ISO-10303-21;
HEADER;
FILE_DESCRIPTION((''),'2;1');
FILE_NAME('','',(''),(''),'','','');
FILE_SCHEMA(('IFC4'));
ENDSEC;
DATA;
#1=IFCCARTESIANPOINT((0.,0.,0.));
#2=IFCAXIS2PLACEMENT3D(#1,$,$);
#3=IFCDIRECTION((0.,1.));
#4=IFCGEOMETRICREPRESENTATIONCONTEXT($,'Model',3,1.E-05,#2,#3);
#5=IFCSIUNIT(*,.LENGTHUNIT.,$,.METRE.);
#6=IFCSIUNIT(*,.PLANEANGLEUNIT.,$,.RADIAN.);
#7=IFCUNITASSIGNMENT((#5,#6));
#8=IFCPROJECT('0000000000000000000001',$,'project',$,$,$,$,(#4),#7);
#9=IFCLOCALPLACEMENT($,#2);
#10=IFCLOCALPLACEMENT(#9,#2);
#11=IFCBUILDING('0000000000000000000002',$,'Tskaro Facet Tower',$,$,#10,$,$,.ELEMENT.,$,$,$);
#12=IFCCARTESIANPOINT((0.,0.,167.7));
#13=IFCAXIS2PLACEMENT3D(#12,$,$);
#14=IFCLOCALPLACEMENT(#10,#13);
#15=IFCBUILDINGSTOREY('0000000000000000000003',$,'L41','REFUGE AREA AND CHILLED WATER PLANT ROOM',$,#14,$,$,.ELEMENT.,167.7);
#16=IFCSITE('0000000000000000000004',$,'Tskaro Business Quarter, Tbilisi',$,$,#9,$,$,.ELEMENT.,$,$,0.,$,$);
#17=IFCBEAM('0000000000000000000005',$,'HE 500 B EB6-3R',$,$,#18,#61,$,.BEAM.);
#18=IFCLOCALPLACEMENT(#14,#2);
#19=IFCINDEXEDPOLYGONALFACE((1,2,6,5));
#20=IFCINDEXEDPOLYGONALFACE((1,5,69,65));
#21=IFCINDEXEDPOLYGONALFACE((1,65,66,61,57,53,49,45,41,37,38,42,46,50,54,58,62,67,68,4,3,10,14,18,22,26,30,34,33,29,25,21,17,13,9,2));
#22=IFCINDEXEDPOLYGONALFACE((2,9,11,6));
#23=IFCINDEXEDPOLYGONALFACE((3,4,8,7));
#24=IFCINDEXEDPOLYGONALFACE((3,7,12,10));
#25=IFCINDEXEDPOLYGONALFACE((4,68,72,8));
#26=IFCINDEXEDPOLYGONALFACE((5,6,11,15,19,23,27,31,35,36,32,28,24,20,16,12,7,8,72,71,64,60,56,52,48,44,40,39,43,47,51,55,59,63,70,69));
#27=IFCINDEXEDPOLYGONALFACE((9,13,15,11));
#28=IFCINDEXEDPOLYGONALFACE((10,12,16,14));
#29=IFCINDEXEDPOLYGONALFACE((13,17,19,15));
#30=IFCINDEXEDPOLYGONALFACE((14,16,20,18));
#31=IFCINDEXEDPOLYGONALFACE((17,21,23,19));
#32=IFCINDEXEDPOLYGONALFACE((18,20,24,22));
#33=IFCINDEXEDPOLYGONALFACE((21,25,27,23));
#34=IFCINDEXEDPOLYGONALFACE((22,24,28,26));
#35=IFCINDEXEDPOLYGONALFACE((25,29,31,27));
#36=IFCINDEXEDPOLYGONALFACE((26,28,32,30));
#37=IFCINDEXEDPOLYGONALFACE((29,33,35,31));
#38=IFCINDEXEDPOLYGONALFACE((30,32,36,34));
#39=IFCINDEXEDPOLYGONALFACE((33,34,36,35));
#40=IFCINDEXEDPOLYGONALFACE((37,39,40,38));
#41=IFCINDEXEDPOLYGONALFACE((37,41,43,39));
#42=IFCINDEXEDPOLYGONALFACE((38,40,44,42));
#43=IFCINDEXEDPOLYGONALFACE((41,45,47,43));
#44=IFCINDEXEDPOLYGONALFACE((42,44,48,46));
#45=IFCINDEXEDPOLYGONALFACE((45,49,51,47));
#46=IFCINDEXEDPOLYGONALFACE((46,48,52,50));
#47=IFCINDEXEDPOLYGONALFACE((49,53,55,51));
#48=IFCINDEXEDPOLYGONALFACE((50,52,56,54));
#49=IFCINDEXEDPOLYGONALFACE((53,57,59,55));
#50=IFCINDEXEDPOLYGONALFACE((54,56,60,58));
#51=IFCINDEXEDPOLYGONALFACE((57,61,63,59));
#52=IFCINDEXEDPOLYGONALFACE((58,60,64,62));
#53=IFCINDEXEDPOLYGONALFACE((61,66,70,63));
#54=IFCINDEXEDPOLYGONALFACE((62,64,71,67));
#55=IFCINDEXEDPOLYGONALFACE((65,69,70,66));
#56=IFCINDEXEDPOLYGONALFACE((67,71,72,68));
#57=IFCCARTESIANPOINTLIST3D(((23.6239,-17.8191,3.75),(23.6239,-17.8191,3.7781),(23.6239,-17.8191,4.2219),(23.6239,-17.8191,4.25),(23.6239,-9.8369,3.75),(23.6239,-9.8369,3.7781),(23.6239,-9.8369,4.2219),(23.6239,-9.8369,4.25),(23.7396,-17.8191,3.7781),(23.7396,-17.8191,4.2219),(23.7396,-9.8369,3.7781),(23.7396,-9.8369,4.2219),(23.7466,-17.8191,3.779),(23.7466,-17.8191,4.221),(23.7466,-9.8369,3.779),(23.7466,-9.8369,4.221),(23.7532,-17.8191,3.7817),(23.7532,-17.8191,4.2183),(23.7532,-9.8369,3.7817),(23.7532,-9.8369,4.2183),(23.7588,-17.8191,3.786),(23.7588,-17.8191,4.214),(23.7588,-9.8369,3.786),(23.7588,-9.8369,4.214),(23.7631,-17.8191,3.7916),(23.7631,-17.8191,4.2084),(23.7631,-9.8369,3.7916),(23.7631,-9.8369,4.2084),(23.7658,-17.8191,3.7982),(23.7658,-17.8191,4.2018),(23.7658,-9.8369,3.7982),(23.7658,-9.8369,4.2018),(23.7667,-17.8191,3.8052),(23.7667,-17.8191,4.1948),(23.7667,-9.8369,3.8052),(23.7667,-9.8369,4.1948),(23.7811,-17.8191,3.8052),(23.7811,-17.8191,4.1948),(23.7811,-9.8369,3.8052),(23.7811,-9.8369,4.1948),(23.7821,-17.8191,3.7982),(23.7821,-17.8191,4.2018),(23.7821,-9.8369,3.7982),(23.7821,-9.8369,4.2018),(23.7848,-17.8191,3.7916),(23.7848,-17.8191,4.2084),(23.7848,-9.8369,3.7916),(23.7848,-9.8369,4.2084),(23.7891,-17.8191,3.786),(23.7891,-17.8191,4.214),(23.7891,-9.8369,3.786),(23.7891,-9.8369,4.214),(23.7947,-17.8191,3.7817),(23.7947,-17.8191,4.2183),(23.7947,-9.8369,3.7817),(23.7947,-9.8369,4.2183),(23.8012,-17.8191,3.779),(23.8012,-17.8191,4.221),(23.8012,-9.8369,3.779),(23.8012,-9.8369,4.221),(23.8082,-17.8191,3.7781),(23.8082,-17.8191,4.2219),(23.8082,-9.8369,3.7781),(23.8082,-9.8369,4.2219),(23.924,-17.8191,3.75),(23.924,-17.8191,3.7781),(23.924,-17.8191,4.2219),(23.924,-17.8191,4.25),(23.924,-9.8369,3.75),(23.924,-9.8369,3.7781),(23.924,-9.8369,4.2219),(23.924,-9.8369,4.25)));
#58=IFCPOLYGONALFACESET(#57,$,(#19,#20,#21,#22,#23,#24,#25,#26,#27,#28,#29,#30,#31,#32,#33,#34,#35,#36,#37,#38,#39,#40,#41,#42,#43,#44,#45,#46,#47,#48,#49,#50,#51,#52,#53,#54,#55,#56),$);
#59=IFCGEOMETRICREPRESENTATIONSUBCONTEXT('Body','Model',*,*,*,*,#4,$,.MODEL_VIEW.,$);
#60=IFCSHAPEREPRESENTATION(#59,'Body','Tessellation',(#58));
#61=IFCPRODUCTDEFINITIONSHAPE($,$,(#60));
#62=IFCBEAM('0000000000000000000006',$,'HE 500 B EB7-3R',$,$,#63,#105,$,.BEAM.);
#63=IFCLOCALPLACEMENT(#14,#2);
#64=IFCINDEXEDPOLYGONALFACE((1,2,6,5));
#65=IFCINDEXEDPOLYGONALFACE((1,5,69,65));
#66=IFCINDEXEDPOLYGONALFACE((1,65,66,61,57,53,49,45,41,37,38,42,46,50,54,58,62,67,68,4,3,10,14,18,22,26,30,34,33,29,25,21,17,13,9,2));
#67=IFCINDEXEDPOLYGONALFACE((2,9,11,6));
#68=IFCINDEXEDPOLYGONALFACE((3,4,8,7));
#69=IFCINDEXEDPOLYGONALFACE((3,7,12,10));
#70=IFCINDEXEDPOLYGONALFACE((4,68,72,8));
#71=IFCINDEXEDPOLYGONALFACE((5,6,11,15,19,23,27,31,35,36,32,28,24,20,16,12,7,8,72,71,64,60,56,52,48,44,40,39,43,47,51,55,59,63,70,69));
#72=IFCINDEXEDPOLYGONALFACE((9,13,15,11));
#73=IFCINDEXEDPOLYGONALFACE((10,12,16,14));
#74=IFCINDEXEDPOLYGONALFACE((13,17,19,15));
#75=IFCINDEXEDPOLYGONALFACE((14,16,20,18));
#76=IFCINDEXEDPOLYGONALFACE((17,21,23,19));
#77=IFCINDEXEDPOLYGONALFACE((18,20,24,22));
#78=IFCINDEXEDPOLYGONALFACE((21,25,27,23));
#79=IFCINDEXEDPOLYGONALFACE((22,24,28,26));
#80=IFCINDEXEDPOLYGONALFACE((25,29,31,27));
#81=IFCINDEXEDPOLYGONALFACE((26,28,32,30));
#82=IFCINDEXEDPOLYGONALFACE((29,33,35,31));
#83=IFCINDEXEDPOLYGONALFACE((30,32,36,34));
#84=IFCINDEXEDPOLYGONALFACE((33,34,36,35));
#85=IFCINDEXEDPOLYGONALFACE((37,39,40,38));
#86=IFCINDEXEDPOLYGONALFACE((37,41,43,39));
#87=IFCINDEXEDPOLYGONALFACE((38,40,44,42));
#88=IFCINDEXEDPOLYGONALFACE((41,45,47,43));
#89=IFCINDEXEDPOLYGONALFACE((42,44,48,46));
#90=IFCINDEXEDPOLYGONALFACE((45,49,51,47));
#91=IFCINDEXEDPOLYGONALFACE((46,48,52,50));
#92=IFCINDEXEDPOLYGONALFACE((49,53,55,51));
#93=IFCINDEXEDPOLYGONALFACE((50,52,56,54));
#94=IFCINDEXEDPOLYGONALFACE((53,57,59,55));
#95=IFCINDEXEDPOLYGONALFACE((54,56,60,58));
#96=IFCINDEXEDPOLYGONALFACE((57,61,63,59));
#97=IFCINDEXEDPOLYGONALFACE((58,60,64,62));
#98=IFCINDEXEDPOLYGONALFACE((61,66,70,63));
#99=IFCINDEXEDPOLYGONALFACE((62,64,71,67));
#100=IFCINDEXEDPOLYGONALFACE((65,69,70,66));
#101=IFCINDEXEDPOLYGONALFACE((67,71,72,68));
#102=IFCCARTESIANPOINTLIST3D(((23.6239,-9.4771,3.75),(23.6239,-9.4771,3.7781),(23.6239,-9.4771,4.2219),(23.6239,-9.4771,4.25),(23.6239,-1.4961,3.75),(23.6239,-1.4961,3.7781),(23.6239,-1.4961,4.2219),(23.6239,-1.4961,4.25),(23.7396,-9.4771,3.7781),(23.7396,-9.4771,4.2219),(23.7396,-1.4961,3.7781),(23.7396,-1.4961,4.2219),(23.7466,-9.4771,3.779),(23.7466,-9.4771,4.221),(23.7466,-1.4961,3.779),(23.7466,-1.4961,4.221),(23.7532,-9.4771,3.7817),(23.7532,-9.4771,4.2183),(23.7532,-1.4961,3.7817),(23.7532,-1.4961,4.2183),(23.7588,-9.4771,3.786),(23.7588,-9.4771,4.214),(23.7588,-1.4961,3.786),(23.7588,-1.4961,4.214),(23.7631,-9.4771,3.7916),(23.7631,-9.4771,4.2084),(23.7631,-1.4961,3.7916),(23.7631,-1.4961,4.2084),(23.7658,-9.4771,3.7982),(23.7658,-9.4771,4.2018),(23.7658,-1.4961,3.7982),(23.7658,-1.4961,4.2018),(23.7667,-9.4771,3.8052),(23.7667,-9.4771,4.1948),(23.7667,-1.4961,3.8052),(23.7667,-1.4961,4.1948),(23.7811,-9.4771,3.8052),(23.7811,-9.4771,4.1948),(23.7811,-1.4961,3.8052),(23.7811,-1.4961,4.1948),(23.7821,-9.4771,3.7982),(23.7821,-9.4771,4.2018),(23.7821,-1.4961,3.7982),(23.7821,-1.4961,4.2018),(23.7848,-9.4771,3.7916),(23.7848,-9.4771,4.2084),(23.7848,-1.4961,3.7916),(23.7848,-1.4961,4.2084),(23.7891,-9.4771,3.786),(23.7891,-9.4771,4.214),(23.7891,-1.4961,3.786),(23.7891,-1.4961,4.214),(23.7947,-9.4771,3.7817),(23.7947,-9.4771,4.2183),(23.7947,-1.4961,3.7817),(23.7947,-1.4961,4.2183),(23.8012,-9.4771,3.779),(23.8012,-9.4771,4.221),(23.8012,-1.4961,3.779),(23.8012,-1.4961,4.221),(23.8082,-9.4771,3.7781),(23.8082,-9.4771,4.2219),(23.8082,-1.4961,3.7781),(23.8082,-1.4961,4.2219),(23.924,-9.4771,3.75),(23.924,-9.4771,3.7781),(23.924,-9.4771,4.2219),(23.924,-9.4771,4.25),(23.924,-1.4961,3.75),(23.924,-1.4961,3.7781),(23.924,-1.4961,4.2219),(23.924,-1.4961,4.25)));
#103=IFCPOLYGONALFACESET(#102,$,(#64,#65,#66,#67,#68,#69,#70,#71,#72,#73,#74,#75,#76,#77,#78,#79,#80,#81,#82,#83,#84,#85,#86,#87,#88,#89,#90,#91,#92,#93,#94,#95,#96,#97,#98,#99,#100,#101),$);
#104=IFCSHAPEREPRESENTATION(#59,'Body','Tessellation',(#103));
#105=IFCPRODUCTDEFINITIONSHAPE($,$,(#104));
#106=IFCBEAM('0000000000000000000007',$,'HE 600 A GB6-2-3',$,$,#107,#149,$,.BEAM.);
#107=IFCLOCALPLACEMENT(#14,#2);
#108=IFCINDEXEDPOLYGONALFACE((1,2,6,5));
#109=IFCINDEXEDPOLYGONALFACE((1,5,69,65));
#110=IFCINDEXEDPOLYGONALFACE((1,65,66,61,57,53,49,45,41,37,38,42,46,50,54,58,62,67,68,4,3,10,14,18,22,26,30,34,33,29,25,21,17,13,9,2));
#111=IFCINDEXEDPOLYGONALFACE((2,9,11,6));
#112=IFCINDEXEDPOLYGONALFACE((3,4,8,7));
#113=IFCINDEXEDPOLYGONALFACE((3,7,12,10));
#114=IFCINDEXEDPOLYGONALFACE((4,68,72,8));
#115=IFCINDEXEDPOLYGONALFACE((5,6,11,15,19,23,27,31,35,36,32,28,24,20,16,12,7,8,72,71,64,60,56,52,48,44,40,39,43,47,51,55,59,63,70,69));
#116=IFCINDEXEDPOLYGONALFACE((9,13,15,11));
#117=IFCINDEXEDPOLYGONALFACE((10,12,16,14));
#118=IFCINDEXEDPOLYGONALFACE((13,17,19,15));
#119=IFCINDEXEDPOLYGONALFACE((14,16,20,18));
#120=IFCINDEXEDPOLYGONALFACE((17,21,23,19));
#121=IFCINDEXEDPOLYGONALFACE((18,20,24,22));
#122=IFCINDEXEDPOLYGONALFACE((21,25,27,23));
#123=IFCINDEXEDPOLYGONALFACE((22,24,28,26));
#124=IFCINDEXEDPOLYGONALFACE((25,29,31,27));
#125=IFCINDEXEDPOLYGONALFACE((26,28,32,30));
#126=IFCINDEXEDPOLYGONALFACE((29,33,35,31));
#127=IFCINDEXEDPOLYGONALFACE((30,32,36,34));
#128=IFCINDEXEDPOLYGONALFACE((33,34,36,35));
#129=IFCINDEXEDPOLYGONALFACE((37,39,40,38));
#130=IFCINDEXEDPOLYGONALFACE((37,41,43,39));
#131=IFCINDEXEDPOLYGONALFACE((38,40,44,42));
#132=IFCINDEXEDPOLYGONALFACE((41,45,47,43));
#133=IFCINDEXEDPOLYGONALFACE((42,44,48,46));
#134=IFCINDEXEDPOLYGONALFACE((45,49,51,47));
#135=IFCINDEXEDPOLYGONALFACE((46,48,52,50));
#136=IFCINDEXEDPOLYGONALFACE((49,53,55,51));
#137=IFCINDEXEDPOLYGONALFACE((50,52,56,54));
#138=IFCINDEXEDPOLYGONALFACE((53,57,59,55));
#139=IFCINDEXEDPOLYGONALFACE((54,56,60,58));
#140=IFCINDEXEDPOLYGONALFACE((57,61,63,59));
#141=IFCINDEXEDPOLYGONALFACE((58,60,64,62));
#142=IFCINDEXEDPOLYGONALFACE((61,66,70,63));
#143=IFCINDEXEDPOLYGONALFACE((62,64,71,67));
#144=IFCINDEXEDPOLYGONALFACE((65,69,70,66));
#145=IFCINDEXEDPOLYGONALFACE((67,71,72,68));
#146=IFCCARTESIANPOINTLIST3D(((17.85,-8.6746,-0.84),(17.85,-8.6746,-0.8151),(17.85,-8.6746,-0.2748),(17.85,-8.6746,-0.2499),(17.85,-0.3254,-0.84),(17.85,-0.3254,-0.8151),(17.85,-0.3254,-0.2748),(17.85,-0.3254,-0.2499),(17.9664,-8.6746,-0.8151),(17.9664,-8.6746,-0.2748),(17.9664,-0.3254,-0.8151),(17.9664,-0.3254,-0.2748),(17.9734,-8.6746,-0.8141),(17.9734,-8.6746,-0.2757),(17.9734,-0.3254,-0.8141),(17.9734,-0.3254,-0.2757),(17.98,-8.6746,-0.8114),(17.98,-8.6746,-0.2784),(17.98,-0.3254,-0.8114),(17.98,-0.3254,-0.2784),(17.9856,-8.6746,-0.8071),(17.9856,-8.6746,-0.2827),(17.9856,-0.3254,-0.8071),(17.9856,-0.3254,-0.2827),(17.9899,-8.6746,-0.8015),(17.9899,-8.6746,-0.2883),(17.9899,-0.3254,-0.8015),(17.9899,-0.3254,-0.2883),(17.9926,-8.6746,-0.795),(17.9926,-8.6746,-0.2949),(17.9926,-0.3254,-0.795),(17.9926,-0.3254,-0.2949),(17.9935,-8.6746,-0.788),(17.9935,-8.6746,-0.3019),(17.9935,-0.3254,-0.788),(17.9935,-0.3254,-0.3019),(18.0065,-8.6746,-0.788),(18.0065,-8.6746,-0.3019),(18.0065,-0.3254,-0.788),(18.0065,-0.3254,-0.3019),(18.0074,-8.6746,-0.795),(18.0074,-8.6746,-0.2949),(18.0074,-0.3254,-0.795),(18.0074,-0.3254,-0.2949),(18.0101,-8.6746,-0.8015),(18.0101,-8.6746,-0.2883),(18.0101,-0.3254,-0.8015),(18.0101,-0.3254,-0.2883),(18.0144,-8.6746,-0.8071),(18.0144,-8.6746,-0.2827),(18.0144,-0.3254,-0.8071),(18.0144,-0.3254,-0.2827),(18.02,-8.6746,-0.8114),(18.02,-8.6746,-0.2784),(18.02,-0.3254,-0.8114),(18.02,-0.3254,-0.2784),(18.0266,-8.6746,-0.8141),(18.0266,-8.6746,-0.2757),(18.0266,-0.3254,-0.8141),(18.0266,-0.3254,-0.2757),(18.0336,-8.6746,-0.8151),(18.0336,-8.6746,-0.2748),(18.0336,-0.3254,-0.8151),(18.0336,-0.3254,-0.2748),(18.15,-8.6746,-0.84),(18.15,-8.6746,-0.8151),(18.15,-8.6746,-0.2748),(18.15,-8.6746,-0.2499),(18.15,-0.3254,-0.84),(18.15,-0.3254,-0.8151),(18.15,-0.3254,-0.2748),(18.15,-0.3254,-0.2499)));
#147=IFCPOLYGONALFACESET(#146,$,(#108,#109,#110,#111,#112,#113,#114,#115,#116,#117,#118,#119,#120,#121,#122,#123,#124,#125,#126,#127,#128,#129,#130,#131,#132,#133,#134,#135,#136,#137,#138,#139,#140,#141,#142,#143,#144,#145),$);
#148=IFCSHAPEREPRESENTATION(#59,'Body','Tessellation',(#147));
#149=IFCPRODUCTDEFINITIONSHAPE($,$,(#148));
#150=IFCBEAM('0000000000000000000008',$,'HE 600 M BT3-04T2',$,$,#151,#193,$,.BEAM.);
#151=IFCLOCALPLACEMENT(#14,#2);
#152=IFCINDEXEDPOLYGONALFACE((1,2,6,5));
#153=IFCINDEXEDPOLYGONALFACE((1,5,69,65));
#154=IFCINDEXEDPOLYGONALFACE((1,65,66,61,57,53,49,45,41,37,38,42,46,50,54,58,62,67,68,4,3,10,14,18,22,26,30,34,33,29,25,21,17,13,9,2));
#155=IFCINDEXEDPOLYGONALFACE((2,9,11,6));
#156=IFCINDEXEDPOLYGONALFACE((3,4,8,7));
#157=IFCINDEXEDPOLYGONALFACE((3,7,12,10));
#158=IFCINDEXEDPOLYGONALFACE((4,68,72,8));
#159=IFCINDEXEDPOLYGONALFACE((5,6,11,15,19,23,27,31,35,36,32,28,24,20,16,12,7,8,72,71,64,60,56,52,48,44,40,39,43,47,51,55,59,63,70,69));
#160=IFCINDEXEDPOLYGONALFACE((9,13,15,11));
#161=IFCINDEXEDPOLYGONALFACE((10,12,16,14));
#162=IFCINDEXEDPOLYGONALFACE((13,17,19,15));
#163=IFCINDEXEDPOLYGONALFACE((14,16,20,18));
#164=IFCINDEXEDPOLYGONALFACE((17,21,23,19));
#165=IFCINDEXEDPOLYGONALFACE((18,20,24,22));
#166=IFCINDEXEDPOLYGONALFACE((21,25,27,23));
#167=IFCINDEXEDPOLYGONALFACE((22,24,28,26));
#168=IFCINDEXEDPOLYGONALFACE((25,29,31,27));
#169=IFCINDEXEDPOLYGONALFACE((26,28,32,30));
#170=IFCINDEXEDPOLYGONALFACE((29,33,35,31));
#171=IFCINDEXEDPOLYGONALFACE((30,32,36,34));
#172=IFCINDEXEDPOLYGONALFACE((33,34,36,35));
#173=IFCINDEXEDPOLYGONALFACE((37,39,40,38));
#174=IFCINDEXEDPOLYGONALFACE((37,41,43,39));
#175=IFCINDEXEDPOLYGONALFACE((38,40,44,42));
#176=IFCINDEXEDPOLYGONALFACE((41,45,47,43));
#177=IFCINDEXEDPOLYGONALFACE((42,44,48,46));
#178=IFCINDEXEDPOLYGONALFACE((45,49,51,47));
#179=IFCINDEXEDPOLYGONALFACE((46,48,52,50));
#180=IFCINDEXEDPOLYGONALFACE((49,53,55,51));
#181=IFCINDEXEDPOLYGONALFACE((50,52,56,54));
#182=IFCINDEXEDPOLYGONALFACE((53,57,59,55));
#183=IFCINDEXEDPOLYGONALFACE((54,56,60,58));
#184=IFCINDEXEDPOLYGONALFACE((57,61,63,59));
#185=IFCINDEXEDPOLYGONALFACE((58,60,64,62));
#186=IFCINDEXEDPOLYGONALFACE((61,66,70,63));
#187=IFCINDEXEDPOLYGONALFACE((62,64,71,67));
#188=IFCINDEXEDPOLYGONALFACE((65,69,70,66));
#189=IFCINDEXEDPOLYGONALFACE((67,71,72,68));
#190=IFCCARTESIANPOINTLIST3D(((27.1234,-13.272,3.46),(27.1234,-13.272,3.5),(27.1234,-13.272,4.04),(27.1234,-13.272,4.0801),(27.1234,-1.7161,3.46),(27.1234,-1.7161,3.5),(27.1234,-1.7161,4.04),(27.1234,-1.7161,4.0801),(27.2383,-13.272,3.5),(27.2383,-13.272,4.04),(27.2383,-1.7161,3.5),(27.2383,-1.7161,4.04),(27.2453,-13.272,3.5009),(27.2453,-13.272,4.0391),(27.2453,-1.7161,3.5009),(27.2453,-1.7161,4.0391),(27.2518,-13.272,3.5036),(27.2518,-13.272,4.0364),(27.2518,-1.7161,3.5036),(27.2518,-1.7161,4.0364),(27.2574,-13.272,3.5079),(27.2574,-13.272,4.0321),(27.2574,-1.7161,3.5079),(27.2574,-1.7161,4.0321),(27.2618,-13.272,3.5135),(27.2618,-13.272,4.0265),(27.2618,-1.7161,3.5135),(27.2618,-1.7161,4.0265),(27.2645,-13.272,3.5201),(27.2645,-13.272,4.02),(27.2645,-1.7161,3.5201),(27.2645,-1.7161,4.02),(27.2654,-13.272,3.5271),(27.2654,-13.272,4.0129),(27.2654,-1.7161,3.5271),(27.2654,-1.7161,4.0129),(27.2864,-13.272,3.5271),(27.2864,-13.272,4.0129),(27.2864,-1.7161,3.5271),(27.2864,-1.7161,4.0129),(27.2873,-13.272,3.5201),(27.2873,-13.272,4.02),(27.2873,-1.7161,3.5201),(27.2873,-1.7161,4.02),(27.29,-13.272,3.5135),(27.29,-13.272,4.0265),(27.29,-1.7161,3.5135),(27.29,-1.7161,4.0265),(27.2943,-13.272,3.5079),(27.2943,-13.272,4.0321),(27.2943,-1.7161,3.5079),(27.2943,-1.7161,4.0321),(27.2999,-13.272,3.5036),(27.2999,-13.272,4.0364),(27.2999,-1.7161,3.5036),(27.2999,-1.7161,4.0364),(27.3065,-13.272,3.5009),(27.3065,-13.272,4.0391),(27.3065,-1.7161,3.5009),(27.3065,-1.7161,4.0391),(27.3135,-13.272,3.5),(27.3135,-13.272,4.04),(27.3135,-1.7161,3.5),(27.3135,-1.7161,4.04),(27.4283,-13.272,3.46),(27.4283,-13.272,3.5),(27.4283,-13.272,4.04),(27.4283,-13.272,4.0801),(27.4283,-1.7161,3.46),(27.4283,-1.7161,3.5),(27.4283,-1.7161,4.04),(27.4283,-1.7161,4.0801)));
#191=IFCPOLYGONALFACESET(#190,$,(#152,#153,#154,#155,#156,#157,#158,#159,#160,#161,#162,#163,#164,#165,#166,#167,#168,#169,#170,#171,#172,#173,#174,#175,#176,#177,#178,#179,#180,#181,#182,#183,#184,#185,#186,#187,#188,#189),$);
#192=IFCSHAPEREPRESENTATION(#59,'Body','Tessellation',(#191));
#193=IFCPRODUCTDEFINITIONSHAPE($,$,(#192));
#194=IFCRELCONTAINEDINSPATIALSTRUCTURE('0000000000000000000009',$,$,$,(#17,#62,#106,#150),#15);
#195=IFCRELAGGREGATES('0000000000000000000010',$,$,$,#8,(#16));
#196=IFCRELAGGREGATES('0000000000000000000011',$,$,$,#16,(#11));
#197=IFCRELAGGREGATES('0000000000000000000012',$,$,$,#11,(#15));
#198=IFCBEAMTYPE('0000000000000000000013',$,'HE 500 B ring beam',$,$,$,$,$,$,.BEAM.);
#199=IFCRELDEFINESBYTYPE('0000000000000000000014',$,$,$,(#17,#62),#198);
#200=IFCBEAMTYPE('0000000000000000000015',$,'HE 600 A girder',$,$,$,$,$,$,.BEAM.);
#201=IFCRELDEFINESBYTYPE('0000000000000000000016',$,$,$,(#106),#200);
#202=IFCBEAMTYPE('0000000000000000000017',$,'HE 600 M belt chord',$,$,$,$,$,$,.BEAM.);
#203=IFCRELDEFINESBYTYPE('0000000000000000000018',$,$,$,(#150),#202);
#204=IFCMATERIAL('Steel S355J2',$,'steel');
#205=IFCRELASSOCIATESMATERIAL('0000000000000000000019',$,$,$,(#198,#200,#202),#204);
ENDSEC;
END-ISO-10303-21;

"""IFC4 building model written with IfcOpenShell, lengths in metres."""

from ifc_helpers import new_model, si_unit, direction, frame, origin, origin_2d, place, context, subcontext, project, spatial, i_section, extrude, material, material_profile, profile_set, type_object, element, save


model = new_model("IFC4")

# Units and contexts
model_context = context("Model", 3, precision=1e-05, world=origin(), true_north=direction((0.0, 1.0)))
body_context = subcontext(model_context, "Body", "Model", "MODEL_VIEW")
ifc_project = project(units=[si_unit("LENGTHUNIT", "METRE"), si_unit("PLANEANGLEUNIT", "RADIAN")], contexts=[model_context])

# Site, building, storey
site_placement = place(None, origin())
site = spatial("IfcSite", under=ifc_project, at=site_placement, Name="Tskaro Business Quarter, Tbilisi", CompositionType="ELEMENT", RefElevation=0.0)
building_placement = place(site_placement, origin())
building = spatial("IfcBuilding", under=site, at=building_placement, Name="Tskaro Facet Tower", CompositionType="ELEMENT")
storey_placement = place(building_placement, frame((0.0, 0.0, 167.7)))
storey = spatial("IfcBuildingStorey", under=building, at=storey_placement, Name="L41", Description="REFUGE AREA AND CHILLED WATER PLANT ROOM", CompositionType="ELEMENT", Elevation=167.7)

# Beams
ifc_material_1 = material(Name="Steel S355J2", Category="steel")
ifc_material_profile_1 = material_profile(ifc_material_1, i_section(OverallWidth=0.3, OverallDepth=0.5, WebThickness=0.0144, FlangeThickness=0.0281, FilletRadius=0.0271, at=origin_2d()), Name="HE 500 B")
ifc_profile_set_1 = profile_set([ifc_material_profile_1], Name="Steel S355J2")
beam_type_1 = type_object("IfcBeamType", Name="HE 500 B ring beam", PredefinedType="BEAM", material=ifc_profile_set_1)
beam_1_placement = place(storey_placement, frame((23.7739, -17.8191, 4.0), z_axis=(0.0, 1.0, 0.0), x_axis=(-1.0, 0.0, 0.0)))
element("IfcBeam", 1, at=beam_1_placement, inside=storey, type_object=beam_type_1, Name="HE 500 B EB6-3R", PredefinedType="BEAM", context=body_context, shape_type="SweptSolid", body=[
    extrude(i_section(OverallWidth=0.3, OverallDepth=0.5, WebThickness=0.0144, FlangeThickness=0.0281, FilletRadius=0.0271, at=origin_2d()), origin(), (0.0, 0.0, 1.0), 7.9822),
])
beam_2_placement = place(storey_placement, frame((23.7739, -9.4771, 4.0), z_axis=(0.0, 1.0, 0.0), x_axis=(-1.0, 0.0, 0.0)))
element("IfcBeam", 2, at=beam_2_placement, inside=storey, type_object=beam_type_1, Name="HE 500 B EB7-3R", PredefinedType="BEAM", context=body_context, shape_type="SweptSolid", body=[
    extrude(i_section(OverallWidth=0.3, OverallDepth=0.5, WebThickness=0.0144, FlangeThickness=0.0281, FilletRadius=0.0271, at=origin_2d()), origin(), (0.0, 0.0, 1.0), 7.981),
])
ifc_material_profile_2 = material_profile(ifc_material_1, i_section(OverallWidth=0.3, OverallDepth=0.5901, WebThickness=0.0129, FlangeThickness=0.0249, FilletRadius=0.0271, at=origin_2d()), Name="HE 600 A")
ifc_profile_set_2 = profile_set([ifc_material_profile_2], Name="Steel S355J2")
beam_type_2 = type_object("IfcBeamType", Name="HE 600 A girder", PredefinedType="BEAM", material=ifc_profile_set_2)
beam_3_placement = place(storey_placement, frame((18.0, -8.6746, -0.5449), z_axis=(0.0, 1.0, 0.0), x_axis=(-1.0, 0.0, 0.0)))
element("IfcBeam", 3, at=beam_3_placement, inside=storey, type_object=beam_type_2, Name="HE 600 A GB6-2-3", PredefinedType="BEAM", context=body_context, shape_type="SweptSolid", body=[
    extrude(i_section(OverallWidth=0.3, OverallDepth=0.5901, WebThickness=0.0129, FlangeThickness=0.0249, FilletRadius=0.0271, at=origin_2d()), origin(), (0.0, 0.0, 1.0), 8.3491),
])
ifc_material_profile_3 = material_profile(ifc_material_1, i_section(OverallWidth=0.3049, OverallDepth=0.6201, WebThickness=0.021, FlangeThickness=0.04, FilletRadius=0.0271, at=origin_2d()), Name="HE 600 M")
ifc_profile_set_3 = profile_set([ifc_material_profile_3], Name="Steel S355J2")
beam_type_3 = type_object("IfcBeamType", Name="HE 600 M belt chord", PredefinedType="BEAM", material=ifc_profile_set_3)
beam_4_placement = place(storey_placement, frame((27.2759, -13.272, 3.77), z_axis=(0.0, 1.0, 0.0), x_axis=(-1.0, 0.0, 0.0)))
element("IfcBeam", 4, at=beam_4_placement, inside=storey, type_object=beam_type_3, Name="HE 600 M BT3-04T2", PredefinedType="BEAM", context=body_context, shape_type="SweptSolid", body=[
    extrude(i_section(OverallWidth=0.3049, OverallDepth=0.6201, WebThickness=0.021, FlangeThickness=0.04, FilletRadius=0.0271, at=origin_2d()), origin(), (0.0, 0.0, 1.0), 11.5559),
])

save(model, "model.ifc")
